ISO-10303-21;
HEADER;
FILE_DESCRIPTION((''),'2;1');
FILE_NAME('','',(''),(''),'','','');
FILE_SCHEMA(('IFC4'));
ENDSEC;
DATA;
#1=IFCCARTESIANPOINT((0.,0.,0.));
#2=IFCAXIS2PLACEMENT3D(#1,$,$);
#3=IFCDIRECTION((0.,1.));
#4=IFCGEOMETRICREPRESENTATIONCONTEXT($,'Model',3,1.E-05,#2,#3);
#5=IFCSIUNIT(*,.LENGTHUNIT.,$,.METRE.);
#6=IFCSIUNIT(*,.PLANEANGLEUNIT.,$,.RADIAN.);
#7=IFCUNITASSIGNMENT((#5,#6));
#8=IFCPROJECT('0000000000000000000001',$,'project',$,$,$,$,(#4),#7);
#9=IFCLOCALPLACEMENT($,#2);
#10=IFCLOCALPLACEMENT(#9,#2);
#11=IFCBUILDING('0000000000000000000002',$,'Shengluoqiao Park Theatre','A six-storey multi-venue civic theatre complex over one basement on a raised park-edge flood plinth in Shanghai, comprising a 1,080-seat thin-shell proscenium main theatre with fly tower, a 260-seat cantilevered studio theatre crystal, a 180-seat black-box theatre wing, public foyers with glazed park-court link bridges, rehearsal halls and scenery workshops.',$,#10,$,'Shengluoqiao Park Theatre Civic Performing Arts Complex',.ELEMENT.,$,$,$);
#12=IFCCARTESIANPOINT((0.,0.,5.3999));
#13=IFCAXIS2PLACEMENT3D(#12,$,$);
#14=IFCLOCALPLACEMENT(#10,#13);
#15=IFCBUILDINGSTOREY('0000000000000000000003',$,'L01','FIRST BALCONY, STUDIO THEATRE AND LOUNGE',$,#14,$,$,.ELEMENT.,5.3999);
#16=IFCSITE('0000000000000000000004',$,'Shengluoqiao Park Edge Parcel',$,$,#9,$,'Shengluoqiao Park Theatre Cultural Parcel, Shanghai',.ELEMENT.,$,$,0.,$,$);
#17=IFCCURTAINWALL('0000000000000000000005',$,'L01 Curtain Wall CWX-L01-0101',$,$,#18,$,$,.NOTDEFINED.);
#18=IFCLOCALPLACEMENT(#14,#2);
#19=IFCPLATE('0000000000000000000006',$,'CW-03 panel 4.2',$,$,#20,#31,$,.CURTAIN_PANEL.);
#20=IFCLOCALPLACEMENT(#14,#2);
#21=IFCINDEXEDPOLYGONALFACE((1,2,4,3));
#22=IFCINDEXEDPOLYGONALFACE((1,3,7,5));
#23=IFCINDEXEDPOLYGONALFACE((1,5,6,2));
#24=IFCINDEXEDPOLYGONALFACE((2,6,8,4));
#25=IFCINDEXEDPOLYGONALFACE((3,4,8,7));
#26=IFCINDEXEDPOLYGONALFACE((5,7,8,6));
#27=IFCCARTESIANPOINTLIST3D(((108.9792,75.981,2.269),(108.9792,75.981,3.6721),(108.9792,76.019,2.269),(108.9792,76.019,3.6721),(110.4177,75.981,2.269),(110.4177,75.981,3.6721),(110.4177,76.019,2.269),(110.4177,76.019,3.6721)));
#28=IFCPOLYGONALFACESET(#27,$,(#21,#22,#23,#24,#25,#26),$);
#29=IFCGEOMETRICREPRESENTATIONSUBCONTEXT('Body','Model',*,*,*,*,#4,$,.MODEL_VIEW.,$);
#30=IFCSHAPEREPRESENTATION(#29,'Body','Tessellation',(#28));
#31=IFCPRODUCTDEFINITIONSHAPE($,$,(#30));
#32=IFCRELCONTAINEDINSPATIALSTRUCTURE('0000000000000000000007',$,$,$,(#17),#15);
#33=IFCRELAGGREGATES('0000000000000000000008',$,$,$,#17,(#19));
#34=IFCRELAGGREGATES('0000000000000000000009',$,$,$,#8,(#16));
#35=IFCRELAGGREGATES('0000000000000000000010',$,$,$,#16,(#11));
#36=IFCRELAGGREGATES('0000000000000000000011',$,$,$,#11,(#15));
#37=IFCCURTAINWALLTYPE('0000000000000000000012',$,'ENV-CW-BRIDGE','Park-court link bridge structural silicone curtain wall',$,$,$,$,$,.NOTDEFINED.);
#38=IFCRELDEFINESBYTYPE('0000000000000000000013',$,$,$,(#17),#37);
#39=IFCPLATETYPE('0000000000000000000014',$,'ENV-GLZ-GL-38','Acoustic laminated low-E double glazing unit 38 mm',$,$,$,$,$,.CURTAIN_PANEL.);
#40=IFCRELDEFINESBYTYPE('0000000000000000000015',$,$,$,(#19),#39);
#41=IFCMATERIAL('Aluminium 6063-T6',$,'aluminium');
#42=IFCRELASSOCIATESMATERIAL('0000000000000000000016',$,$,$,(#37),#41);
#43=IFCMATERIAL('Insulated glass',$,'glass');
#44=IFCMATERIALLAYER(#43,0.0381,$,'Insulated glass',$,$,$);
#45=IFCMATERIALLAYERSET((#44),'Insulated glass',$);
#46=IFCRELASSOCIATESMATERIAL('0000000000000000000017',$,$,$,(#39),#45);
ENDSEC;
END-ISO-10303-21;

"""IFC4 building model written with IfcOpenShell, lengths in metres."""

from ifc_helpers import new_model, si_unit, direction, frame, origin, origin_2d, place, context, subcontext, project, spatial, rectangle, extrude, material, layer, layer_set, type_object, element, aggregate, save


model = new_model("IFC4")

# Units and contexts
model_context = context("Model", 3, precision=1e-05, world=origin(), true_north=direction((0.0, 1.0)))
body_context = subcontext(model_context, "Body", "Model", "MODEL_VIEW")
ifc_project = project(units=[si_unit("LENGTHUNIT", "METRE"), si_unit("PLANEANGLEUNIT", "RADIAN")], contexts=[model_context])

# Site, building, storey
site_placement = place(None, origin())
site = spatial("IfcSite", under=ifc_project, at=site_placement, Name="Shengluoqiao Park Edge Parcel", LongName="Shengluoqiao Park Theatre Cultural Parcel, Shanghai", CompositionType="ELEMENT", RefElevation=0.0)
building_placement = place(site_placement, origin())
building = spatial("IfcBuilding", under=site, at=building_placement, Name="Shengluoqiao Park Theatre", Description="A six-storey multi-venue civic theatre complex over one basement on a raised park-edge flood plinth in Shanghai, comprising a 1,080-seat thin-shell proscenium main theatre with fly tower, a 260-seat cantilevered studio theatre crystal, a 180-seat black-box theatre wing, public foyers with glazed park-court link bridges, rehearsal halls and scenery workshops.", LongName="Shengluoqiao Park Theatre Civic Performing Arts Complex", CompositionType="ELEMENT")
storey_placement = place(building_placement, frame((0.0, 0.0, 5.3999)))
storey = spatial("IfcBuildingStorey", under=building, at=storey_placement, Name="L01", Description="FIRST BALCONY, STUDIO THEATRE AND LOUNGE", CompositionType="ELEMENT", Elevation=5.3999)

# Shared definitions
ifc_material_1 = material(Name="Aluminium 6063-T6", Category="aluminium")
curtain_wall_type = type_object("IfcCurtainWallType", Name="ENV-CW-BRIDGE", Description="Park-court link bridge structural silicone curtain wall", PredefinedType="NOTDEFINED", material=ifc_material_1)

# Curtain wall
curtain_wall_1_placement = place(storey_placement, origin())
curtain_wall_1 = element("IfcCurtainWall", 1, at=curtain_wall_1_placement, inside=storey, type_object=curtain_wall_type, Name="L01 Curtain Wall CWX-L01-0101", PredefinedType="NOTDEFINED")

# Plate
ifc_material_2 = material(Name="Insulated glass", Category="glass")
ifc_layer = layer(ifc_material_2, 0.0381, Name="Insulated glass")
ifc_layer_set = layer_set([ifc_layer], Name="Insulated glass")
plate_type = type_object("IfcPlateType", Name="ENV-GLZ-GL-38", Description="Acoustic laminated low-E double glazing unit 38 mm", PredefinedType="CURTAIN_PANEL", material=ifc_layer_set)
plate_1_placement = place(storey_placement, frame((109.6985, 76.0, 2.269), z_axis=(0.0, 0.0, 1.0), x_axis=(1.0, 0.0, 0.0)))
plate_1 = element("IfcPlate", 2, at=plate_1_placement, type_object=plate_type, Name="CW-03 panel 4.2", PredefinedType="CURTAIN_PANEL", context=body_context, shape_type="SweptSolid", body=[
    extrude(rectangle(XDim=1.4385, YDim=0.0381, at=origin_2d()), origin(), (0.0, 0.0, 1.0), 1.4031),
])
aggregate(curtain_wall_1, [plate_1])

save(model, "model.ifc")
